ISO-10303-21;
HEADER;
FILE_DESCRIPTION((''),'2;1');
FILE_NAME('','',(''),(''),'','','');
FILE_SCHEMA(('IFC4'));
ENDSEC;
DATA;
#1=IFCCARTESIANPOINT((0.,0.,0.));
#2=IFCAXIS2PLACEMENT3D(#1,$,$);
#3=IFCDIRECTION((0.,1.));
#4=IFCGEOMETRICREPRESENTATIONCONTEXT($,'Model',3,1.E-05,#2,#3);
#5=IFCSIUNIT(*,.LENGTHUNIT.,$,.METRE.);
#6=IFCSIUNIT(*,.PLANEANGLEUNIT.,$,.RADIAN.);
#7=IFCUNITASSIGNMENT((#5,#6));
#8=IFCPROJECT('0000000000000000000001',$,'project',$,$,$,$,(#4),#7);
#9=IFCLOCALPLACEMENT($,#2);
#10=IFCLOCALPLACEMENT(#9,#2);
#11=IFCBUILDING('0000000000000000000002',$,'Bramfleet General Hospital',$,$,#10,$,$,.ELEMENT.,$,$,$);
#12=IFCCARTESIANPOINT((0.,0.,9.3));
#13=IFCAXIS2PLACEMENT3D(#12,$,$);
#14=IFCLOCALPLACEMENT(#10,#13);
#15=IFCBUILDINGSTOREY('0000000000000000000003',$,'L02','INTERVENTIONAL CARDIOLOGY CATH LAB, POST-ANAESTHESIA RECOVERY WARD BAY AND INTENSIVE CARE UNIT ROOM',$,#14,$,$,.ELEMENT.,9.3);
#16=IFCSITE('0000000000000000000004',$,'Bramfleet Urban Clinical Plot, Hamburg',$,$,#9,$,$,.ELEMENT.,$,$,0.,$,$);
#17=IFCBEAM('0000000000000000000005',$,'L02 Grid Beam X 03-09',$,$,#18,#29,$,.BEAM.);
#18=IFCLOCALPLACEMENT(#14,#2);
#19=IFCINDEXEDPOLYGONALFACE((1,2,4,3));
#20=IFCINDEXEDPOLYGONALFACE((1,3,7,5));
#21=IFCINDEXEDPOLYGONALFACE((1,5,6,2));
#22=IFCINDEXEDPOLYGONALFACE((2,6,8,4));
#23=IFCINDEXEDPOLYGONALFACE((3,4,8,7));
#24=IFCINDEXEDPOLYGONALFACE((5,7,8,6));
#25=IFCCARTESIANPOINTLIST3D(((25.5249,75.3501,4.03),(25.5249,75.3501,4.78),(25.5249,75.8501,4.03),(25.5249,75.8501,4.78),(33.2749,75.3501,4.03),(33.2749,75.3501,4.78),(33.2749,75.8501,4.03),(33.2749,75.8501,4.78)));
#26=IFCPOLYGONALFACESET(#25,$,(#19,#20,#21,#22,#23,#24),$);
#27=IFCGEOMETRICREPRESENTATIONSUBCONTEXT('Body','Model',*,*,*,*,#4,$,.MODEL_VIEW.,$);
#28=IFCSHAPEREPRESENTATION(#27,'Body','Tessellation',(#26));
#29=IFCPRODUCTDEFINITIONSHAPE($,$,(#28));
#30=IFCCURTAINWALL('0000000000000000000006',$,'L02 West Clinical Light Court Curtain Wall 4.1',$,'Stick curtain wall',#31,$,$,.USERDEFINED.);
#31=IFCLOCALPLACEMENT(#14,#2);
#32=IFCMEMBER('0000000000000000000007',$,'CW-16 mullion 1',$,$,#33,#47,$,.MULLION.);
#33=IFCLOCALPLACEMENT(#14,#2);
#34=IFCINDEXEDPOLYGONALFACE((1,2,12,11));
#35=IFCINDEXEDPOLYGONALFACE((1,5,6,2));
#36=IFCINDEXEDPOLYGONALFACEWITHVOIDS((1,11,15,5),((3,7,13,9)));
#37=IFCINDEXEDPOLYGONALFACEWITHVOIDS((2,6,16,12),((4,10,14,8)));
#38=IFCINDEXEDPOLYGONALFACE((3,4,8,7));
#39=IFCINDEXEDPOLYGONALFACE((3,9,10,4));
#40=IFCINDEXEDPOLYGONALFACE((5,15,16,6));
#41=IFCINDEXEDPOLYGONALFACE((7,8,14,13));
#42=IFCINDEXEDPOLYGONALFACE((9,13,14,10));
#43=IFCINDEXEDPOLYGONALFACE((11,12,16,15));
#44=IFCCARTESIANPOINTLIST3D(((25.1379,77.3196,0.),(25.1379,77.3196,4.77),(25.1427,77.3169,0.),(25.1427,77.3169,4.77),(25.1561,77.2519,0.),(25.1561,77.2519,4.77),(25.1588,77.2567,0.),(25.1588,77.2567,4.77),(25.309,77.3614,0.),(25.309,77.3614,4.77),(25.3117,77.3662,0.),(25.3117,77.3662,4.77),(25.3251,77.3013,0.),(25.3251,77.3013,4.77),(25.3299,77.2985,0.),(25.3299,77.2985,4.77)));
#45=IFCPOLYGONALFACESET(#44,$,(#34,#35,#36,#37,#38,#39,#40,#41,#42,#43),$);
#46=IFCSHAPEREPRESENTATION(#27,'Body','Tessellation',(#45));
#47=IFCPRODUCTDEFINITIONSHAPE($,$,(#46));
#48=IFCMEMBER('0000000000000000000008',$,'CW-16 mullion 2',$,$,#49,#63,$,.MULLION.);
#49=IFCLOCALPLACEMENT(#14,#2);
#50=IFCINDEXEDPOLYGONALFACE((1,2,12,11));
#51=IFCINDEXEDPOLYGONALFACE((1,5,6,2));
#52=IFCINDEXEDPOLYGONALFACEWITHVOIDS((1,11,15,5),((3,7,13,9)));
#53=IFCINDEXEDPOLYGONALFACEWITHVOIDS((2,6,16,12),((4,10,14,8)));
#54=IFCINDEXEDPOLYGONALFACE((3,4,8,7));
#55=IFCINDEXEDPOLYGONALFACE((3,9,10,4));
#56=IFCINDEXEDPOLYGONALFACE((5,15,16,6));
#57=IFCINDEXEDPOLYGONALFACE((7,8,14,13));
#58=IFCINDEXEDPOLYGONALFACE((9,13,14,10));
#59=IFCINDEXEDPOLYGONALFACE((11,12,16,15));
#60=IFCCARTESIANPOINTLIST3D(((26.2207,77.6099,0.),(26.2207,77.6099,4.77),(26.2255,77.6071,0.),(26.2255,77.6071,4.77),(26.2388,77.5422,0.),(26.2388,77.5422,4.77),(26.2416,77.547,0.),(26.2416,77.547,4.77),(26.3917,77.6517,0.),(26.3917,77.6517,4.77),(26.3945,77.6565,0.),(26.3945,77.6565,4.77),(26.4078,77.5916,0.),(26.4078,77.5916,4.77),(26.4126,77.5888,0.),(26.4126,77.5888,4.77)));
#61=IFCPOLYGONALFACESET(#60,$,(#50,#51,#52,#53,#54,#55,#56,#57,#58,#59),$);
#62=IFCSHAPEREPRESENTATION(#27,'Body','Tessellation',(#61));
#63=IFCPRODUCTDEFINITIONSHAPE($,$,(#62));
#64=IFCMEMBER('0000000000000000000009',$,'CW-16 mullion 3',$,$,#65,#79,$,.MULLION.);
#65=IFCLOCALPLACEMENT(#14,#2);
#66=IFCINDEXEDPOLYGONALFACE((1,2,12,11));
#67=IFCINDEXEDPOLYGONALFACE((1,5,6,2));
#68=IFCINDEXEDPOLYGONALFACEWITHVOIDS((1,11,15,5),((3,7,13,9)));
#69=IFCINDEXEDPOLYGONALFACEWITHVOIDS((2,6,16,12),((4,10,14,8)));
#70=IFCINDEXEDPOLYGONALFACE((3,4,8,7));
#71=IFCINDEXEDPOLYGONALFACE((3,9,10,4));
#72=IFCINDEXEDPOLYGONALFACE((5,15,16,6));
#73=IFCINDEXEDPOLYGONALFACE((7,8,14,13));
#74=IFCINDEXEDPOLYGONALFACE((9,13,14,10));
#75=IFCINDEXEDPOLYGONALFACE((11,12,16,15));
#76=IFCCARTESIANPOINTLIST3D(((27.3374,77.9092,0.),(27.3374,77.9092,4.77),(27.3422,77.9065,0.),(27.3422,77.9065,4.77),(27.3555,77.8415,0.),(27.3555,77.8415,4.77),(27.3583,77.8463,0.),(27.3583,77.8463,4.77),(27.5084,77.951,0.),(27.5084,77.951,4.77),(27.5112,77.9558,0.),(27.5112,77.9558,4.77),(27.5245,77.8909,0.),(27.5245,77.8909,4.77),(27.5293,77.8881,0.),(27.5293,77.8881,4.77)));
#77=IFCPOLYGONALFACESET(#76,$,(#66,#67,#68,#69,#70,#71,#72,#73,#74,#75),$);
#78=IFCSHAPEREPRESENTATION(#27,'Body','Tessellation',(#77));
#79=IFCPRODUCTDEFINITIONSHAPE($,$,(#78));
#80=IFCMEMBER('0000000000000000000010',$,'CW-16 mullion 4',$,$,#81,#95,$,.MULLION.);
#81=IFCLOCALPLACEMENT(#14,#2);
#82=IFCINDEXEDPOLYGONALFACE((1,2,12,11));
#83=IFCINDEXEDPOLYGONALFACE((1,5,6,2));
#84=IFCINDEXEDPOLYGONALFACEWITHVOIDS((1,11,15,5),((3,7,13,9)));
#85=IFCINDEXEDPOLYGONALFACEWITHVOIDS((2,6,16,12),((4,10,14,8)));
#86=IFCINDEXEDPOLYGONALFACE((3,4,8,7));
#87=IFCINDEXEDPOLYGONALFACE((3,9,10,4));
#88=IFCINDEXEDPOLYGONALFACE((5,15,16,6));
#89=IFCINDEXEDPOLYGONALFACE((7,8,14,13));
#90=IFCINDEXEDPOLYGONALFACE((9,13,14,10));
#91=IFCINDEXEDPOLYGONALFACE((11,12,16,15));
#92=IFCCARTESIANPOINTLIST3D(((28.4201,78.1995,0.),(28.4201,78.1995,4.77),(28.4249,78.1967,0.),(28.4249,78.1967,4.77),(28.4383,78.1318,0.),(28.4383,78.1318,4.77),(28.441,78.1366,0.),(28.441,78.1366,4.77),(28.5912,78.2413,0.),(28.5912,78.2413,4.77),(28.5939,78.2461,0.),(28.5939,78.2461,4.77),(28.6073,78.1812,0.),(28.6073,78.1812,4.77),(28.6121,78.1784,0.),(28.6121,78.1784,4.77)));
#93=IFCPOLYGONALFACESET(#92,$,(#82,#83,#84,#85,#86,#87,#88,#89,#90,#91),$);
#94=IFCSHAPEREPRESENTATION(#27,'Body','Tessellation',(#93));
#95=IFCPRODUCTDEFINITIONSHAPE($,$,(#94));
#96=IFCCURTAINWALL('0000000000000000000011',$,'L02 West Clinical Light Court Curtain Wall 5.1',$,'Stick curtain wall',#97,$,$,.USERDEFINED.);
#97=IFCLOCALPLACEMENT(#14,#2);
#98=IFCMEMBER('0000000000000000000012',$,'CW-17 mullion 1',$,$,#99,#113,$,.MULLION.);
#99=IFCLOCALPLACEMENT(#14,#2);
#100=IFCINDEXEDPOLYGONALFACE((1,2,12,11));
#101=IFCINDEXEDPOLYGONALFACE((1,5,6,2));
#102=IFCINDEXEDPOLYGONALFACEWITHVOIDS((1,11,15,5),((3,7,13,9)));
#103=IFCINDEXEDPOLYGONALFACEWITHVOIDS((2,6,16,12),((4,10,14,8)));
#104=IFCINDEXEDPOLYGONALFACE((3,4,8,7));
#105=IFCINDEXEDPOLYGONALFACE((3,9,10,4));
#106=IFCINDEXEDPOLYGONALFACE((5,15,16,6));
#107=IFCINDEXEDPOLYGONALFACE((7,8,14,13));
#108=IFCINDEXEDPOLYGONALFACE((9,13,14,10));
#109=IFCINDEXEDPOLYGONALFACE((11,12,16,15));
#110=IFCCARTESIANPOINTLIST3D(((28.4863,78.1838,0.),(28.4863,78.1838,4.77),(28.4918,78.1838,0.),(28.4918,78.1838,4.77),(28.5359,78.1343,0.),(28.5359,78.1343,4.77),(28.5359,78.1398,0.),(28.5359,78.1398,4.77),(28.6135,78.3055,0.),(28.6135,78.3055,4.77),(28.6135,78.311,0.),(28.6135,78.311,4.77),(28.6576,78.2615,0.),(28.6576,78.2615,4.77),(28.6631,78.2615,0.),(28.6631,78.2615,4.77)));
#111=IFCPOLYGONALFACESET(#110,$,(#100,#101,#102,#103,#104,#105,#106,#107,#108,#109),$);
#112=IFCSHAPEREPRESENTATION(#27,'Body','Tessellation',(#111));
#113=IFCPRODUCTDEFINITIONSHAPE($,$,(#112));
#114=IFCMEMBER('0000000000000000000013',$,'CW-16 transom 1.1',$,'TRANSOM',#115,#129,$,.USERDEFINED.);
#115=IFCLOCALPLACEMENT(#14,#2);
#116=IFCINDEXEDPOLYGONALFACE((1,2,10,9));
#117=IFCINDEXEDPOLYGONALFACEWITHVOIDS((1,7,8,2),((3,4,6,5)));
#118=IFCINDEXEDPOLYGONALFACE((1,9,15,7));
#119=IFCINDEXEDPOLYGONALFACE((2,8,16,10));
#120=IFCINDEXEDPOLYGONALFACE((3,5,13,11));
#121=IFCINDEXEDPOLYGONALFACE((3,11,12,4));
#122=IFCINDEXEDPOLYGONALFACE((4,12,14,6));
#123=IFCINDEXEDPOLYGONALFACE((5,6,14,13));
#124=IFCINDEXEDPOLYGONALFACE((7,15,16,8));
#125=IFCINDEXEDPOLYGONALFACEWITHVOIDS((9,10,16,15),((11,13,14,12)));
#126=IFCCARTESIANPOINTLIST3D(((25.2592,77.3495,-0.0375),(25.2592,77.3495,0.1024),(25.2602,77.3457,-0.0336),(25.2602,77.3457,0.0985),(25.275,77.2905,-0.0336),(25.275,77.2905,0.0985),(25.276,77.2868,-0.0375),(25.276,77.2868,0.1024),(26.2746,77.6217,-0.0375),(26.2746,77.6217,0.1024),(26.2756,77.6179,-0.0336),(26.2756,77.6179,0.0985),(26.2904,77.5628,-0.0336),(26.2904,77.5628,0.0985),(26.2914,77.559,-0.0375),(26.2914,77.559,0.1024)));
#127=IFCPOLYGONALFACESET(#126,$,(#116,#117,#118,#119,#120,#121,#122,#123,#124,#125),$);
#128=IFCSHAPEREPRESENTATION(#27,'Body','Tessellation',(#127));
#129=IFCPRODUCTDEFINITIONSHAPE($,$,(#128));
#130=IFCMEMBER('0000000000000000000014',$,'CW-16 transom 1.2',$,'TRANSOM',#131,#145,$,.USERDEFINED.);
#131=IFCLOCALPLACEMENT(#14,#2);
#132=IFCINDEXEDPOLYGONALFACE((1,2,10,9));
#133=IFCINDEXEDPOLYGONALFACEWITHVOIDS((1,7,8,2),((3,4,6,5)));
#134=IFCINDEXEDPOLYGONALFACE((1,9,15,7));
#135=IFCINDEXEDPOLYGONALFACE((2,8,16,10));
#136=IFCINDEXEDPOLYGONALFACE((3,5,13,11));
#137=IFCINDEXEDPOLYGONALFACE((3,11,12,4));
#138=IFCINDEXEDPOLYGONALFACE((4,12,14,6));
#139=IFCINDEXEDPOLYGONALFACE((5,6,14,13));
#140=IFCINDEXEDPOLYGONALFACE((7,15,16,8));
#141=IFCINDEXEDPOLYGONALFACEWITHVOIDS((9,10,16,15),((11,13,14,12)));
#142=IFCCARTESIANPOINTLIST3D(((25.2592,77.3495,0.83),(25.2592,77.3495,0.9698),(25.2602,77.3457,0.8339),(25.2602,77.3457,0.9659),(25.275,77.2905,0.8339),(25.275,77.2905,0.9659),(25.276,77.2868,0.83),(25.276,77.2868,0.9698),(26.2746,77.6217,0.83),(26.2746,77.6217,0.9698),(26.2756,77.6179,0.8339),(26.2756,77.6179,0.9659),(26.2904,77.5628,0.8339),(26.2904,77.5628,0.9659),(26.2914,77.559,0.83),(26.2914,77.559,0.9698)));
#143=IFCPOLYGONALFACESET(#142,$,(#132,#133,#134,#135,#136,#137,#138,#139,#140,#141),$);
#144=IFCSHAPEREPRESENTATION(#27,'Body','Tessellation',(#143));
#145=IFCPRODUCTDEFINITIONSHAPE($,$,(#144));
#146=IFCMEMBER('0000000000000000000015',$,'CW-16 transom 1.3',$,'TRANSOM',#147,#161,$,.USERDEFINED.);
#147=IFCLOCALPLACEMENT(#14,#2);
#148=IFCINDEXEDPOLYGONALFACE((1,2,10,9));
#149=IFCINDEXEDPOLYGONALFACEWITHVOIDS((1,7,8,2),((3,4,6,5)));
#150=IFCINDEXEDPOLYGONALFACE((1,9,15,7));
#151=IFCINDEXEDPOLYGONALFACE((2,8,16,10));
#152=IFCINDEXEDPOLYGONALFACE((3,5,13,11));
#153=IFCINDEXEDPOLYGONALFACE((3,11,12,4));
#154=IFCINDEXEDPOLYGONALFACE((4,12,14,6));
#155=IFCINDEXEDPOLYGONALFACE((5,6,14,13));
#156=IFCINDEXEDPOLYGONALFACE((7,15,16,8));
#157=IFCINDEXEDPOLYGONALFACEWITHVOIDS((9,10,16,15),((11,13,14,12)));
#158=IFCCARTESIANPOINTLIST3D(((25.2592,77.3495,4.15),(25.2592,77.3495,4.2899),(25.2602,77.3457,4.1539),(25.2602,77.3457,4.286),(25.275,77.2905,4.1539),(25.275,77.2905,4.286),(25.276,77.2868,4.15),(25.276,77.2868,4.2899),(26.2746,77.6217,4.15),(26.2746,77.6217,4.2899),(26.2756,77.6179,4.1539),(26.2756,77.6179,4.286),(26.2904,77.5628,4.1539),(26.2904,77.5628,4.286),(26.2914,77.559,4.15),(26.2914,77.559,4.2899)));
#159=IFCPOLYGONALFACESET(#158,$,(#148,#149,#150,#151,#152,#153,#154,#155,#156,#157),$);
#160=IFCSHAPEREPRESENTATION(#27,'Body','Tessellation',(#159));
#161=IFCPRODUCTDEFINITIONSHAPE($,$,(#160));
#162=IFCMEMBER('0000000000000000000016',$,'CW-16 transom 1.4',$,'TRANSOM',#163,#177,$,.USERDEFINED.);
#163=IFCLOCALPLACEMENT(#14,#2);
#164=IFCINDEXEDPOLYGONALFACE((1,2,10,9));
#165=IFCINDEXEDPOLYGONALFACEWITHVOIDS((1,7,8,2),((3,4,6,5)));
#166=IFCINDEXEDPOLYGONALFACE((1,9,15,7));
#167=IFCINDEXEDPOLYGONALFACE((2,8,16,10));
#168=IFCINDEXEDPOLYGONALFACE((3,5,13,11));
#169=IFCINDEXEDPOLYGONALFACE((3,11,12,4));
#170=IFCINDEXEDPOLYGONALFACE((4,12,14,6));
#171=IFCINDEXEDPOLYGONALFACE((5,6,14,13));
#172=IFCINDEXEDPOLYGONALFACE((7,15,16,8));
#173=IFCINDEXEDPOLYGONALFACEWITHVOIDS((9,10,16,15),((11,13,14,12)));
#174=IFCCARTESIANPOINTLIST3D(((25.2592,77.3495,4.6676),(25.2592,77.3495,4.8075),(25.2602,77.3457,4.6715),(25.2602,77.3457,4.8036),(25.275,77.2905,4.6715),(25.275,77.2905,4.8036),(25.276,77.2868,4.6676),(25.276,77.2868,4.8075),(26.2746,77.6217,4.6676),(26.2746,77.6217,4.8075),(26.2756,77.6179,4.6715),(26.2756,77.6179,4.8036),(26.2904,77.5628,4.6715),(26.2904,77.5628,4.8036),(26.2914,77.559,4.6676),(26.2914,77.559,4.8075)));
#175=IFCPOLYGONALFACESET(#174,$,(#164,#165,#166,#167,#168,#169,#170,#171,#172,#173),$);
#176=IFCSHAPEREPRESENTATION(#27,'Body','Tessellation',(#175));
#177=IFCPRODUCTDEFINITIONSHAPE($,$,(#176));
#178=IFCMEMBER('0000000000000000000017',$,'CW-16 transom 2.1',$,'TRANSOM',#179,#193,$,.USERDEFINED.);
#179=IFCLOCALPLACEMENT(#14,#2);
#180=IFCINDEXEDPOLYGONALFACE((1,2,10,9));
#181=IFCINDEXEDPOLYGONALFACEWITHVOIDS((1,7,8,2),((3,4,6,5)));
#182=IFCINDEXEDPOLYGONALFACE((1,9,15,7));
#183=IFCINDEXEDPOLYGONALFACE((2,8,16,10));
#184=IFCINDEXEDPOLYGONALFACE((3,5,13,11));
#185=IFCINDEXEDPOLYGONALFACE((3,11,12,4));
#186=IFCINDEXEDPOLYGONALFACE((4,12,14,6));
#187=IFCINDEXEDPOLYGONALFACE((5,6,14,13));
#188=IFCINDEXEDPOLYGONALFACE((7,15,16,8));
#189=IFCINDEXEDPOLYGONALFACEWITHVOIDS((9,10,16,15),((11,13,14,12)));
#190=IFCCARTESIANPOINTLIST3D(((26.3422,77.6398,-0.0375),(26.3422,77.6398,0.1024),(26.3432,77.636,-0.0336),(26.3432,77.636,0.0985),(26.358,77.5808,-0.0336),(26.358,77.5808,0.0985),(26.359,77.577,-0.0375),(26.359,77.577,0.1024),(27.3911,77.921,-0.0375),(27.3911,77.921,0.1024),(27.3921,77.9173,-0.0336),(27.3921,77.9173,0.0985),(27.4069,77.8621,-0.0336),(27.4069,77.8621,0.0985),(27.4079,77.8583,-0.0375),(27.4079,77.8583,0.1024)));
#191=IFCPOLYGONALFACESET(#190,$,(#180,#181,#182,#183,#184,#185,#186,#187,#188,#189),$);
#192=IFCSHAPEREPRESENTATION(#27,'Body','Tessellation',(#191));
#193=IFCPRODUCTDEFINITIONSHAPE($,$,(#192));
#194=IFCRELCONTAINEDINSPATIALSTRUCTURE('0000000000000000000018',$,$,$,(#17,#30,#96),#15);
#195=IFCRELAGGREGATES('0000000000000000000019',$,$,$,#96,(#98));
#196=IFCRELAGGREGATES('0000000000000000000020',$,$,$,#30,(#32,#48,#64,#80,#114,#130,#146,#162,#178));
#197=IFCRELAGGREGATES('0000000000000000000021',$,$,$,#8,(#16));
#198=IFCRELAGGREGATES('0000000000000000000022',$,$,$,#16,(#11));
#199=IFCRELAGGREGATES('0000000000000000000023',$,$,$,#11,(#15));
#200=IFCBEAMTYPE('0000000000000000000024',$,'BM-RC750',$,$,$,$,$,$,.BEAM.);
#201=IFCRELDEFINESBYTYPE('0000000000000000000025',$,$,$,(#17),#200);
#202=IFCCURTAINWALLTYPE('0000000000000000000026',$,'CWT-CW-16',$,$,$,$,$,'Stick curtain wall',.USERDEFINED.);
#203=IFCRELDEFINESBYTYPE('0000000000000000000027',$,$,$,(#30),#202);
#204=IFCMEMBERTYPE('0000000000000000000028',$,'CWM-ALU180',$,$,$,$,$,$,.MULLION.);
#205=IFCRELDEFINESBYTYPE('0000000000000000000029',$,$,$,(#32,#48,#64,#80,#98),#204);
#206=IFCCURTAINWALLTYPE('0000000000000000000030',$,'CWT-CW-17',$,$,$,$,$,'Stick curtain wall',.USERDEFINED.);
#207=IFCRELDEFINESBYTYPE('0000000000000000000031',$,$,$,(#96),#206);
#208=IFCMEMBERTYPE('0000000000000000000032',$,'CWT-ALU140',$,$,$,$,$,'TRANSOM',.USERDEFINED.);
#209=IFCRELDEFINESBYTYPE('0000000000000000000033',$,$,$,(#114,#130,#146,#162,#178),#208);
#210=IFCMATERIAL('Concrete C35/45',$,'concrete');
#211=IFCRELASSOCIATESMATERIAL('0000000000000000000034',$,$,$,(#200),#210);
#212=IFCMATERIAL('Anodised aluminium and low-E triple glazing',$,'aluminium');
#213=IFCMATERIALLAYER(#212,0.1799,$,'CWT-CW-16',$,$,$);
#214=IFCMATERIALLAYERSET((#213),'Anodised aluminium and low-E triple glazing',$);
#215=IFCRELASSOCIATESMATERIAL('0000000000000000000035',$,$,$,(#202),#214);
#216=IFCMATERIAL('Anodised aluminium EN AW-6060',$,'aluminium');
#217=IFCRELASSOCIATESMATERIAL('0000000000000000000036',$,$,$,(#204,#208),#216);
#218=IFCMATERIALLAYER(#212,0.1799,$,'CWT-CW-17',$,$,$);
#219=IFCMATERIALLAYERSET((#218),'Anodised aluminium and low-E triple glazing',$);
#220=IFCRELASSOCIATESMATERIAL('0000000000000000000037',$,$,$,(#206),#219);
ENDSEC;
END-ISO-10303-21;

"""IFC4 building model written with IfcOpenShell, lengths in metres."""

from ifc_helpers import new_model, si_unit, direction, frame, origin, origin_2d, place, context, subcontext, project, spatial, rectangle, hollow_rectangle, extrude, material, layer, layer_set, material_profile, profile_set, type_object, element, aggregate, save


model = new_model("IFC4")

# Units and contexts
model_context = context("Model", 3, precision=1e-05, world=origin(), true_north=direction((0.0, 1.0)))
body_context = subcontext(model_context, "Body", "Model", "MODEL_VIEW")
ifc_project = project(units=[si_unit("LENGTHUNIT", "METRE"), si_unit("PLANEANGLEUNIT", "RADIAN")], contexts=[model_context])

# Site, building, storey
site_placement = place(None, origin())
site = spatial("IfcSite", under=ifc_project, at=site_placement, Name="Bramfleet Urban Clinical Plot, Hamburg", CompositionType="ELEMENT", RefElevation=0.0)
building_placement = place(site_placement, origin())
building = spatial("IfcBuilding", under=site, at=building_placement, Name="Bramfleet General Hospital", CompositionType="ELEMENT")
storey_placement = place(building_placement, frame((0.0, 0.0, 9.3)))
storey = spatial("IfcBuildingStorey", under=building, at=storey_placement, Name="L02", Description="INTERVENTIONAL CARDIOLOGY CATH LAB, POST-ANAESTHESIA RECOVERY WARD BAY AND INTENSIVE CARE UNIT ROOM", CompositionType="ELEMENT", Elevation=9.3)

# Beam
ifc_material_1 = material(Name="Concrete C35/45", Category="concrete")
ifc_material_profile_1 = material_profile(ifc_material_1, rectangle(XDim=0.5, YDim=0.75, at=origin_2d()), Name="RC BM 750x500")
ifc_profile_set_1 = profile_set([ifc_material_profile_1], Name="Concrete C35/45")
beam_type = type_object("IfcBeamType", Name="BM-RC750", PredefinedType="BEAM", material=ifc_profile_set_1)
beam_placement = place(storey_placement, frame((25.5249, 75.6001, 4.405), z_axis=(1.0, 0.0, 0.0), x_axis=(0.0, 1.0, 0.0)))
element("IfcBeam", 1, at=beam_placement, inside=storey, type_object=beam_type, Name="L02 Grid Beam X 03-09", PredefinedType="BEAM", context=body_context, shape_type="SweptSolid", body=[
    extrude(rectangle(XDim=0.5, YDim=0.75, at=origin_2d()), origin(), (0.0, 0.0, 1.0), 7.75),
])

# Curtain wall, members
ifc_material_2 = material(Name="Anodised aluminium and low-E triple glazing", Category="aluminium")
ifc_layer_1 = layer(ifc_material_2, 0.1799, Name="CWT-CW-16")
ifc_layer_set_1 = layer_set([ifc_layer_1], Name="Anodised aluminium and low-E triple glazing")
curtain_wall_type_1 = type_object("IfcCurtainWallType", Name="CWT-CW-16", ElementType="Stick curtain wall", PredefinedType="USERDEFINED", material=ifc_layer_set_1)
curtain_wall_1_placement = place(storey_placement, origin())
curtain_wall_1 = element("IfcCurtainWall", 2, at=curtain_wall_1_placement, inside=storey, type_object=curtain_wall_type_1, Name="L02 West Clinical Light Court Curtain Wall 4.1", ObjectType="Stick curtain wall", PredefinedType="USERDEFINED")
ifc_material_3 = material(Name="Anodised aluminium EN AW-6060", Category="aluminium")
ifc_material_profile_2 = material_profile(ifc_material_3, hollow_rectangle(XDim=0.0701, YDim=0.1799, WallThickness=0.0039, at=origin_2d()), Name="ALU 180x70x4.0")
ifc_profile_set_2 = profile_set([ifc_material_profile_2], Name="Anodised aluminium EN AW-6060")
member_type_1 = type_object("IfcMemberType", Name="CWM-ALU180", PredefinedType="MULLION", material=ifc_profile_set_2)
member_1_placement = place(storey_placement, frame((25.2339, 77.3091, 0.0), z_axis=(0.0, 0.0, 1.0), x_axis=(-0.258919, 0.965899, 0.0)))
member_1 = element("IfcMember", 3, at=member_1_placement, type_object=member_type_1, Name="CW-16 mullion 1", PredefinedType="MULLION", context=body_context, shape_type="SweptSolid", body=[
    extrude(hollow_rectangle(XDim=0.0701, YDim=0.1799, WallThickness=0.0039, at=origin_2d()), origin(), (0.0, 0.0, 1.0), 4.77),
])
member_2_placement = place(storey_placement, frame((26.3167, 77.5994, 0.0), z_axis=(0.0, 0.0, 1.0), x_axis=(-0.258919, 0.965899, 0.0)))
member_2 = element("IfcMember", 4, at=member_2_placement, type_object=member_type_1, Name="CW-16 mullion 2", PredefinedType="MULLION", context=body_context, shape_type="SweptSolid", body=[
    extrude(hollow_rectangle(XDim=0.0701, YDim=0.1799, WallThickness=0.0039, at=origin_2d()), origin(), (0.0, 0.0, 1.0), 4.77),
])
member_3_placement = place(storey_placement, frame((27.4333, 77.8987, 0.0), z_axis=(0.0, 0.0, 1.0), x_axis=(-0.258919, 0.965899, 0.0)))
member_3 = element("IfcMember", 5, at=member_3_placement, type_object=member_type_1, Name="CW-16 mullion 3", PredefinedType="MULLION", context=body_context, shape_type="SweptSolid", body=[
    extrude(hollow_rectangle(XDim=0.0701, YDim=0.1799, WallThickness=0.0039, at=origin_2d()), origin(), (0.0, 0.0, 1.0), 4.77),
])
member_4_placement = place(storey_placement, frame((28.5161, 78.189, 0.0), z_axis=(0.0, 0.0, 1.0), x_axis=(-0.258919, 0.965899, 0.0)))
member_4 = element("IfcMember", 6, at=member_4_placement, type_object=member_type_1, Name="CW-16 mullion 4", PredefinedType="MULLION", context=body_context, shape_type="SweptSolid", body=[
    extrude(hollow_rectangle(XDim=0.0701, YDim=0.1799, WallThickness=0.0039, at=origin_2d()), origin(), (0.0, 0.0, 1.0), 4.77),
])

# Curtain wall, member
ifc_layer_2 = layer(ifc_material_2, 0.1799, Name="CWT-CW-17")
ifc_layer_set_2 = layer_set([ifc_layer_2], Name="Anodised aluminium and low-E triple glazing")
curtain_wall_type_2 = type_object("IfcCurtainWallType", Name="CWT-CW-17", ElementType="Stick curtain wall", PredefinedType="USERDEFINED", material=ifc_layer_set_2)
curtain_wall_2_placement = place(storey_placement, origin())
curtain_wall_2 = element("IfcCurtainWall", 7, at=curtain_wall_2_placement, inside=storey, type_object=curtain_wall_type_2, Name="L02 West Clinical Light Court Curtain Wall 5.1", ObjectType="Stick curtain wall", PredefinedType="USERDEFINED")
member_5_placement = place(storey_placement, frame((28.5747, 78.2227, 0.0), z_axis=(0.0, 0.0, 1.0), x_axis=(-0.707107, 0.707107, 0.0)))
member_5 = element("IfcMember", 8, at=member_5_placement, type_object=member_type_1, Name="CW-17 mullion 1", PredefinedType="MULLION", context=body_context, shape_type="SweptSolid", body=[
    extrude(hollow_rectangle(XDim=0.0701, YDim=0.1799, WallThickness=0.0039, at=origin_2d()), origin(), (0.0, 0.0, 1.0), 4.77),
])

# Members
ifc_material_profile_3 = material_profile(ifc_material_3, hollow_rectangle(XDim=0.0649, YDim=0.1399, WallThickness=0.0039, at=origin_2d()), Name="ALU 140x65x4.0")
ifc_profile_set_3 = profile_set([ifc_material_profile_3], Name="Anodised aluminium EN AW-6060")
member_type_2 = type_object("IfcMemberType", Name="CWT-ALU140", ElementType="TRANSOM", PredefinedType="USERDEFINED", material=ifc_profile_set_3)
member_6_placement = place(storey_placement, frame((25.2676, 77.3181, 0.0325), z_axis=(0.965891, 0.258949, 0.0), x_axis=(-0.258949, 0.965891, 0.0)))
member_6 = element("IfcMember", 9, at=member_6_placement, type_object=member_type_2, Name="CW-16 transom 1.1", ObjectType="TRANSOM", PredefinedType="USERDEFINED", context=body_context, shape_type="SweptSolid", body=[
    extrude(hollow_rectangle(XDim=0.0649, YDim=0.1399, WallThickness=0.0039, at=origin_2d()), origin(), (0.0, 0.0, 1.0), 1.0513),
])
member_7_placement = place(storey_placement, frame((25.2676, 77.3181, 0.8999), z_axis=(0.965891, 0.258949, 0.0), x_axis=(-0.258949, 0.965891, 0.0)))
member_7 = element("IfcMember", 10, at=member_7_placement, type_object=member_type_2, Name="CW-16 transom 1.2", ObjectType="TRANSOM", PredefinedType="USERDEFINED", context=body_context, shape_type="SweptSolid", body=[
    extrude(hollow_rectangle(XDim=0.0649, YDim=0.1399, WallThickness=0.0039, at=origin_2d()), origin(), (0.0, 0.0, 1.0), 1.0513),
])
member_8_placement = place(storey_placement, frame((25.2676, 77.3181, 4.22), z_axis=(0.965891, 0.258949, 0.0), x_axis=(-0.258949, 0.965891, 0.0)))
member_8 = element("IfcMember", 11, at=member_8_placement, type_object=member_type_2, Name="CW-16 transom 1.3", ObjectType="TRANSOM", PredefinedType="USERDEFINED", context=body_context, shape_type="SweptSolid", body=[
    extrude(hollow_rectangle(XDim=0.0649, YDim=0.1399, WallThickness=0.0039, at=origin_2d()), origin(), (0.0, 0.0, 1.0), 1.0513),
])
member_9_placement = place(storey_placement, frame((25.2676, 77.3181, 4.7375), z_axis=(0.965891, 0.258949, 0.0), x_axis=(-0.258949, 0.965891, 0.0)))
member_9 = element("IfcMember", 12, at=member_9_placement, type_object=member_type_2, Name="CW-16 transom 1.4", ObjectType="TRANSOM", PredefinedType="USERDEFINED", context=body_context, shape_type="SweptSolid", body=[
    extrude(hollow_rectangle(XDim=0.0649, YDim=0.1399, WallThickness=0.0039, at=origin_2d()), origin(), (0.0, 0.0, 1.0), 1.0513),
])
member_10_placement = place(storey_placement, frame((26.3506, 77.6084, 0.0325), z_axis=(0.965876, 0.259006, 0.0), x_axis=(-0.259006, 0.965876, 0.0)))
member_10 = element("IfcMember", 13, at=member_10_placement, type_object=member_type_2, Name="CW-16 transom 2.1", ObjectType="TRANSOM", PredefinedType="USERDEFINED", context=body_context, shape_type="SweptSolid", body=[
    extrude(hollow_rectangle(XDim=0.0649, YDim=0.1399, WallThickness=0.0039, at=origin_2d()), origin(), (0.0, 0.0, 1.0), 1.0859),
])
aggregate(curtain_wall_2, [member_5])

aggregate(curtain_wall_1, [member_1, member_2, member_3, member_4, member_6, member_7, member_8, member_9, member_10])

save(model, "model.ifc")
